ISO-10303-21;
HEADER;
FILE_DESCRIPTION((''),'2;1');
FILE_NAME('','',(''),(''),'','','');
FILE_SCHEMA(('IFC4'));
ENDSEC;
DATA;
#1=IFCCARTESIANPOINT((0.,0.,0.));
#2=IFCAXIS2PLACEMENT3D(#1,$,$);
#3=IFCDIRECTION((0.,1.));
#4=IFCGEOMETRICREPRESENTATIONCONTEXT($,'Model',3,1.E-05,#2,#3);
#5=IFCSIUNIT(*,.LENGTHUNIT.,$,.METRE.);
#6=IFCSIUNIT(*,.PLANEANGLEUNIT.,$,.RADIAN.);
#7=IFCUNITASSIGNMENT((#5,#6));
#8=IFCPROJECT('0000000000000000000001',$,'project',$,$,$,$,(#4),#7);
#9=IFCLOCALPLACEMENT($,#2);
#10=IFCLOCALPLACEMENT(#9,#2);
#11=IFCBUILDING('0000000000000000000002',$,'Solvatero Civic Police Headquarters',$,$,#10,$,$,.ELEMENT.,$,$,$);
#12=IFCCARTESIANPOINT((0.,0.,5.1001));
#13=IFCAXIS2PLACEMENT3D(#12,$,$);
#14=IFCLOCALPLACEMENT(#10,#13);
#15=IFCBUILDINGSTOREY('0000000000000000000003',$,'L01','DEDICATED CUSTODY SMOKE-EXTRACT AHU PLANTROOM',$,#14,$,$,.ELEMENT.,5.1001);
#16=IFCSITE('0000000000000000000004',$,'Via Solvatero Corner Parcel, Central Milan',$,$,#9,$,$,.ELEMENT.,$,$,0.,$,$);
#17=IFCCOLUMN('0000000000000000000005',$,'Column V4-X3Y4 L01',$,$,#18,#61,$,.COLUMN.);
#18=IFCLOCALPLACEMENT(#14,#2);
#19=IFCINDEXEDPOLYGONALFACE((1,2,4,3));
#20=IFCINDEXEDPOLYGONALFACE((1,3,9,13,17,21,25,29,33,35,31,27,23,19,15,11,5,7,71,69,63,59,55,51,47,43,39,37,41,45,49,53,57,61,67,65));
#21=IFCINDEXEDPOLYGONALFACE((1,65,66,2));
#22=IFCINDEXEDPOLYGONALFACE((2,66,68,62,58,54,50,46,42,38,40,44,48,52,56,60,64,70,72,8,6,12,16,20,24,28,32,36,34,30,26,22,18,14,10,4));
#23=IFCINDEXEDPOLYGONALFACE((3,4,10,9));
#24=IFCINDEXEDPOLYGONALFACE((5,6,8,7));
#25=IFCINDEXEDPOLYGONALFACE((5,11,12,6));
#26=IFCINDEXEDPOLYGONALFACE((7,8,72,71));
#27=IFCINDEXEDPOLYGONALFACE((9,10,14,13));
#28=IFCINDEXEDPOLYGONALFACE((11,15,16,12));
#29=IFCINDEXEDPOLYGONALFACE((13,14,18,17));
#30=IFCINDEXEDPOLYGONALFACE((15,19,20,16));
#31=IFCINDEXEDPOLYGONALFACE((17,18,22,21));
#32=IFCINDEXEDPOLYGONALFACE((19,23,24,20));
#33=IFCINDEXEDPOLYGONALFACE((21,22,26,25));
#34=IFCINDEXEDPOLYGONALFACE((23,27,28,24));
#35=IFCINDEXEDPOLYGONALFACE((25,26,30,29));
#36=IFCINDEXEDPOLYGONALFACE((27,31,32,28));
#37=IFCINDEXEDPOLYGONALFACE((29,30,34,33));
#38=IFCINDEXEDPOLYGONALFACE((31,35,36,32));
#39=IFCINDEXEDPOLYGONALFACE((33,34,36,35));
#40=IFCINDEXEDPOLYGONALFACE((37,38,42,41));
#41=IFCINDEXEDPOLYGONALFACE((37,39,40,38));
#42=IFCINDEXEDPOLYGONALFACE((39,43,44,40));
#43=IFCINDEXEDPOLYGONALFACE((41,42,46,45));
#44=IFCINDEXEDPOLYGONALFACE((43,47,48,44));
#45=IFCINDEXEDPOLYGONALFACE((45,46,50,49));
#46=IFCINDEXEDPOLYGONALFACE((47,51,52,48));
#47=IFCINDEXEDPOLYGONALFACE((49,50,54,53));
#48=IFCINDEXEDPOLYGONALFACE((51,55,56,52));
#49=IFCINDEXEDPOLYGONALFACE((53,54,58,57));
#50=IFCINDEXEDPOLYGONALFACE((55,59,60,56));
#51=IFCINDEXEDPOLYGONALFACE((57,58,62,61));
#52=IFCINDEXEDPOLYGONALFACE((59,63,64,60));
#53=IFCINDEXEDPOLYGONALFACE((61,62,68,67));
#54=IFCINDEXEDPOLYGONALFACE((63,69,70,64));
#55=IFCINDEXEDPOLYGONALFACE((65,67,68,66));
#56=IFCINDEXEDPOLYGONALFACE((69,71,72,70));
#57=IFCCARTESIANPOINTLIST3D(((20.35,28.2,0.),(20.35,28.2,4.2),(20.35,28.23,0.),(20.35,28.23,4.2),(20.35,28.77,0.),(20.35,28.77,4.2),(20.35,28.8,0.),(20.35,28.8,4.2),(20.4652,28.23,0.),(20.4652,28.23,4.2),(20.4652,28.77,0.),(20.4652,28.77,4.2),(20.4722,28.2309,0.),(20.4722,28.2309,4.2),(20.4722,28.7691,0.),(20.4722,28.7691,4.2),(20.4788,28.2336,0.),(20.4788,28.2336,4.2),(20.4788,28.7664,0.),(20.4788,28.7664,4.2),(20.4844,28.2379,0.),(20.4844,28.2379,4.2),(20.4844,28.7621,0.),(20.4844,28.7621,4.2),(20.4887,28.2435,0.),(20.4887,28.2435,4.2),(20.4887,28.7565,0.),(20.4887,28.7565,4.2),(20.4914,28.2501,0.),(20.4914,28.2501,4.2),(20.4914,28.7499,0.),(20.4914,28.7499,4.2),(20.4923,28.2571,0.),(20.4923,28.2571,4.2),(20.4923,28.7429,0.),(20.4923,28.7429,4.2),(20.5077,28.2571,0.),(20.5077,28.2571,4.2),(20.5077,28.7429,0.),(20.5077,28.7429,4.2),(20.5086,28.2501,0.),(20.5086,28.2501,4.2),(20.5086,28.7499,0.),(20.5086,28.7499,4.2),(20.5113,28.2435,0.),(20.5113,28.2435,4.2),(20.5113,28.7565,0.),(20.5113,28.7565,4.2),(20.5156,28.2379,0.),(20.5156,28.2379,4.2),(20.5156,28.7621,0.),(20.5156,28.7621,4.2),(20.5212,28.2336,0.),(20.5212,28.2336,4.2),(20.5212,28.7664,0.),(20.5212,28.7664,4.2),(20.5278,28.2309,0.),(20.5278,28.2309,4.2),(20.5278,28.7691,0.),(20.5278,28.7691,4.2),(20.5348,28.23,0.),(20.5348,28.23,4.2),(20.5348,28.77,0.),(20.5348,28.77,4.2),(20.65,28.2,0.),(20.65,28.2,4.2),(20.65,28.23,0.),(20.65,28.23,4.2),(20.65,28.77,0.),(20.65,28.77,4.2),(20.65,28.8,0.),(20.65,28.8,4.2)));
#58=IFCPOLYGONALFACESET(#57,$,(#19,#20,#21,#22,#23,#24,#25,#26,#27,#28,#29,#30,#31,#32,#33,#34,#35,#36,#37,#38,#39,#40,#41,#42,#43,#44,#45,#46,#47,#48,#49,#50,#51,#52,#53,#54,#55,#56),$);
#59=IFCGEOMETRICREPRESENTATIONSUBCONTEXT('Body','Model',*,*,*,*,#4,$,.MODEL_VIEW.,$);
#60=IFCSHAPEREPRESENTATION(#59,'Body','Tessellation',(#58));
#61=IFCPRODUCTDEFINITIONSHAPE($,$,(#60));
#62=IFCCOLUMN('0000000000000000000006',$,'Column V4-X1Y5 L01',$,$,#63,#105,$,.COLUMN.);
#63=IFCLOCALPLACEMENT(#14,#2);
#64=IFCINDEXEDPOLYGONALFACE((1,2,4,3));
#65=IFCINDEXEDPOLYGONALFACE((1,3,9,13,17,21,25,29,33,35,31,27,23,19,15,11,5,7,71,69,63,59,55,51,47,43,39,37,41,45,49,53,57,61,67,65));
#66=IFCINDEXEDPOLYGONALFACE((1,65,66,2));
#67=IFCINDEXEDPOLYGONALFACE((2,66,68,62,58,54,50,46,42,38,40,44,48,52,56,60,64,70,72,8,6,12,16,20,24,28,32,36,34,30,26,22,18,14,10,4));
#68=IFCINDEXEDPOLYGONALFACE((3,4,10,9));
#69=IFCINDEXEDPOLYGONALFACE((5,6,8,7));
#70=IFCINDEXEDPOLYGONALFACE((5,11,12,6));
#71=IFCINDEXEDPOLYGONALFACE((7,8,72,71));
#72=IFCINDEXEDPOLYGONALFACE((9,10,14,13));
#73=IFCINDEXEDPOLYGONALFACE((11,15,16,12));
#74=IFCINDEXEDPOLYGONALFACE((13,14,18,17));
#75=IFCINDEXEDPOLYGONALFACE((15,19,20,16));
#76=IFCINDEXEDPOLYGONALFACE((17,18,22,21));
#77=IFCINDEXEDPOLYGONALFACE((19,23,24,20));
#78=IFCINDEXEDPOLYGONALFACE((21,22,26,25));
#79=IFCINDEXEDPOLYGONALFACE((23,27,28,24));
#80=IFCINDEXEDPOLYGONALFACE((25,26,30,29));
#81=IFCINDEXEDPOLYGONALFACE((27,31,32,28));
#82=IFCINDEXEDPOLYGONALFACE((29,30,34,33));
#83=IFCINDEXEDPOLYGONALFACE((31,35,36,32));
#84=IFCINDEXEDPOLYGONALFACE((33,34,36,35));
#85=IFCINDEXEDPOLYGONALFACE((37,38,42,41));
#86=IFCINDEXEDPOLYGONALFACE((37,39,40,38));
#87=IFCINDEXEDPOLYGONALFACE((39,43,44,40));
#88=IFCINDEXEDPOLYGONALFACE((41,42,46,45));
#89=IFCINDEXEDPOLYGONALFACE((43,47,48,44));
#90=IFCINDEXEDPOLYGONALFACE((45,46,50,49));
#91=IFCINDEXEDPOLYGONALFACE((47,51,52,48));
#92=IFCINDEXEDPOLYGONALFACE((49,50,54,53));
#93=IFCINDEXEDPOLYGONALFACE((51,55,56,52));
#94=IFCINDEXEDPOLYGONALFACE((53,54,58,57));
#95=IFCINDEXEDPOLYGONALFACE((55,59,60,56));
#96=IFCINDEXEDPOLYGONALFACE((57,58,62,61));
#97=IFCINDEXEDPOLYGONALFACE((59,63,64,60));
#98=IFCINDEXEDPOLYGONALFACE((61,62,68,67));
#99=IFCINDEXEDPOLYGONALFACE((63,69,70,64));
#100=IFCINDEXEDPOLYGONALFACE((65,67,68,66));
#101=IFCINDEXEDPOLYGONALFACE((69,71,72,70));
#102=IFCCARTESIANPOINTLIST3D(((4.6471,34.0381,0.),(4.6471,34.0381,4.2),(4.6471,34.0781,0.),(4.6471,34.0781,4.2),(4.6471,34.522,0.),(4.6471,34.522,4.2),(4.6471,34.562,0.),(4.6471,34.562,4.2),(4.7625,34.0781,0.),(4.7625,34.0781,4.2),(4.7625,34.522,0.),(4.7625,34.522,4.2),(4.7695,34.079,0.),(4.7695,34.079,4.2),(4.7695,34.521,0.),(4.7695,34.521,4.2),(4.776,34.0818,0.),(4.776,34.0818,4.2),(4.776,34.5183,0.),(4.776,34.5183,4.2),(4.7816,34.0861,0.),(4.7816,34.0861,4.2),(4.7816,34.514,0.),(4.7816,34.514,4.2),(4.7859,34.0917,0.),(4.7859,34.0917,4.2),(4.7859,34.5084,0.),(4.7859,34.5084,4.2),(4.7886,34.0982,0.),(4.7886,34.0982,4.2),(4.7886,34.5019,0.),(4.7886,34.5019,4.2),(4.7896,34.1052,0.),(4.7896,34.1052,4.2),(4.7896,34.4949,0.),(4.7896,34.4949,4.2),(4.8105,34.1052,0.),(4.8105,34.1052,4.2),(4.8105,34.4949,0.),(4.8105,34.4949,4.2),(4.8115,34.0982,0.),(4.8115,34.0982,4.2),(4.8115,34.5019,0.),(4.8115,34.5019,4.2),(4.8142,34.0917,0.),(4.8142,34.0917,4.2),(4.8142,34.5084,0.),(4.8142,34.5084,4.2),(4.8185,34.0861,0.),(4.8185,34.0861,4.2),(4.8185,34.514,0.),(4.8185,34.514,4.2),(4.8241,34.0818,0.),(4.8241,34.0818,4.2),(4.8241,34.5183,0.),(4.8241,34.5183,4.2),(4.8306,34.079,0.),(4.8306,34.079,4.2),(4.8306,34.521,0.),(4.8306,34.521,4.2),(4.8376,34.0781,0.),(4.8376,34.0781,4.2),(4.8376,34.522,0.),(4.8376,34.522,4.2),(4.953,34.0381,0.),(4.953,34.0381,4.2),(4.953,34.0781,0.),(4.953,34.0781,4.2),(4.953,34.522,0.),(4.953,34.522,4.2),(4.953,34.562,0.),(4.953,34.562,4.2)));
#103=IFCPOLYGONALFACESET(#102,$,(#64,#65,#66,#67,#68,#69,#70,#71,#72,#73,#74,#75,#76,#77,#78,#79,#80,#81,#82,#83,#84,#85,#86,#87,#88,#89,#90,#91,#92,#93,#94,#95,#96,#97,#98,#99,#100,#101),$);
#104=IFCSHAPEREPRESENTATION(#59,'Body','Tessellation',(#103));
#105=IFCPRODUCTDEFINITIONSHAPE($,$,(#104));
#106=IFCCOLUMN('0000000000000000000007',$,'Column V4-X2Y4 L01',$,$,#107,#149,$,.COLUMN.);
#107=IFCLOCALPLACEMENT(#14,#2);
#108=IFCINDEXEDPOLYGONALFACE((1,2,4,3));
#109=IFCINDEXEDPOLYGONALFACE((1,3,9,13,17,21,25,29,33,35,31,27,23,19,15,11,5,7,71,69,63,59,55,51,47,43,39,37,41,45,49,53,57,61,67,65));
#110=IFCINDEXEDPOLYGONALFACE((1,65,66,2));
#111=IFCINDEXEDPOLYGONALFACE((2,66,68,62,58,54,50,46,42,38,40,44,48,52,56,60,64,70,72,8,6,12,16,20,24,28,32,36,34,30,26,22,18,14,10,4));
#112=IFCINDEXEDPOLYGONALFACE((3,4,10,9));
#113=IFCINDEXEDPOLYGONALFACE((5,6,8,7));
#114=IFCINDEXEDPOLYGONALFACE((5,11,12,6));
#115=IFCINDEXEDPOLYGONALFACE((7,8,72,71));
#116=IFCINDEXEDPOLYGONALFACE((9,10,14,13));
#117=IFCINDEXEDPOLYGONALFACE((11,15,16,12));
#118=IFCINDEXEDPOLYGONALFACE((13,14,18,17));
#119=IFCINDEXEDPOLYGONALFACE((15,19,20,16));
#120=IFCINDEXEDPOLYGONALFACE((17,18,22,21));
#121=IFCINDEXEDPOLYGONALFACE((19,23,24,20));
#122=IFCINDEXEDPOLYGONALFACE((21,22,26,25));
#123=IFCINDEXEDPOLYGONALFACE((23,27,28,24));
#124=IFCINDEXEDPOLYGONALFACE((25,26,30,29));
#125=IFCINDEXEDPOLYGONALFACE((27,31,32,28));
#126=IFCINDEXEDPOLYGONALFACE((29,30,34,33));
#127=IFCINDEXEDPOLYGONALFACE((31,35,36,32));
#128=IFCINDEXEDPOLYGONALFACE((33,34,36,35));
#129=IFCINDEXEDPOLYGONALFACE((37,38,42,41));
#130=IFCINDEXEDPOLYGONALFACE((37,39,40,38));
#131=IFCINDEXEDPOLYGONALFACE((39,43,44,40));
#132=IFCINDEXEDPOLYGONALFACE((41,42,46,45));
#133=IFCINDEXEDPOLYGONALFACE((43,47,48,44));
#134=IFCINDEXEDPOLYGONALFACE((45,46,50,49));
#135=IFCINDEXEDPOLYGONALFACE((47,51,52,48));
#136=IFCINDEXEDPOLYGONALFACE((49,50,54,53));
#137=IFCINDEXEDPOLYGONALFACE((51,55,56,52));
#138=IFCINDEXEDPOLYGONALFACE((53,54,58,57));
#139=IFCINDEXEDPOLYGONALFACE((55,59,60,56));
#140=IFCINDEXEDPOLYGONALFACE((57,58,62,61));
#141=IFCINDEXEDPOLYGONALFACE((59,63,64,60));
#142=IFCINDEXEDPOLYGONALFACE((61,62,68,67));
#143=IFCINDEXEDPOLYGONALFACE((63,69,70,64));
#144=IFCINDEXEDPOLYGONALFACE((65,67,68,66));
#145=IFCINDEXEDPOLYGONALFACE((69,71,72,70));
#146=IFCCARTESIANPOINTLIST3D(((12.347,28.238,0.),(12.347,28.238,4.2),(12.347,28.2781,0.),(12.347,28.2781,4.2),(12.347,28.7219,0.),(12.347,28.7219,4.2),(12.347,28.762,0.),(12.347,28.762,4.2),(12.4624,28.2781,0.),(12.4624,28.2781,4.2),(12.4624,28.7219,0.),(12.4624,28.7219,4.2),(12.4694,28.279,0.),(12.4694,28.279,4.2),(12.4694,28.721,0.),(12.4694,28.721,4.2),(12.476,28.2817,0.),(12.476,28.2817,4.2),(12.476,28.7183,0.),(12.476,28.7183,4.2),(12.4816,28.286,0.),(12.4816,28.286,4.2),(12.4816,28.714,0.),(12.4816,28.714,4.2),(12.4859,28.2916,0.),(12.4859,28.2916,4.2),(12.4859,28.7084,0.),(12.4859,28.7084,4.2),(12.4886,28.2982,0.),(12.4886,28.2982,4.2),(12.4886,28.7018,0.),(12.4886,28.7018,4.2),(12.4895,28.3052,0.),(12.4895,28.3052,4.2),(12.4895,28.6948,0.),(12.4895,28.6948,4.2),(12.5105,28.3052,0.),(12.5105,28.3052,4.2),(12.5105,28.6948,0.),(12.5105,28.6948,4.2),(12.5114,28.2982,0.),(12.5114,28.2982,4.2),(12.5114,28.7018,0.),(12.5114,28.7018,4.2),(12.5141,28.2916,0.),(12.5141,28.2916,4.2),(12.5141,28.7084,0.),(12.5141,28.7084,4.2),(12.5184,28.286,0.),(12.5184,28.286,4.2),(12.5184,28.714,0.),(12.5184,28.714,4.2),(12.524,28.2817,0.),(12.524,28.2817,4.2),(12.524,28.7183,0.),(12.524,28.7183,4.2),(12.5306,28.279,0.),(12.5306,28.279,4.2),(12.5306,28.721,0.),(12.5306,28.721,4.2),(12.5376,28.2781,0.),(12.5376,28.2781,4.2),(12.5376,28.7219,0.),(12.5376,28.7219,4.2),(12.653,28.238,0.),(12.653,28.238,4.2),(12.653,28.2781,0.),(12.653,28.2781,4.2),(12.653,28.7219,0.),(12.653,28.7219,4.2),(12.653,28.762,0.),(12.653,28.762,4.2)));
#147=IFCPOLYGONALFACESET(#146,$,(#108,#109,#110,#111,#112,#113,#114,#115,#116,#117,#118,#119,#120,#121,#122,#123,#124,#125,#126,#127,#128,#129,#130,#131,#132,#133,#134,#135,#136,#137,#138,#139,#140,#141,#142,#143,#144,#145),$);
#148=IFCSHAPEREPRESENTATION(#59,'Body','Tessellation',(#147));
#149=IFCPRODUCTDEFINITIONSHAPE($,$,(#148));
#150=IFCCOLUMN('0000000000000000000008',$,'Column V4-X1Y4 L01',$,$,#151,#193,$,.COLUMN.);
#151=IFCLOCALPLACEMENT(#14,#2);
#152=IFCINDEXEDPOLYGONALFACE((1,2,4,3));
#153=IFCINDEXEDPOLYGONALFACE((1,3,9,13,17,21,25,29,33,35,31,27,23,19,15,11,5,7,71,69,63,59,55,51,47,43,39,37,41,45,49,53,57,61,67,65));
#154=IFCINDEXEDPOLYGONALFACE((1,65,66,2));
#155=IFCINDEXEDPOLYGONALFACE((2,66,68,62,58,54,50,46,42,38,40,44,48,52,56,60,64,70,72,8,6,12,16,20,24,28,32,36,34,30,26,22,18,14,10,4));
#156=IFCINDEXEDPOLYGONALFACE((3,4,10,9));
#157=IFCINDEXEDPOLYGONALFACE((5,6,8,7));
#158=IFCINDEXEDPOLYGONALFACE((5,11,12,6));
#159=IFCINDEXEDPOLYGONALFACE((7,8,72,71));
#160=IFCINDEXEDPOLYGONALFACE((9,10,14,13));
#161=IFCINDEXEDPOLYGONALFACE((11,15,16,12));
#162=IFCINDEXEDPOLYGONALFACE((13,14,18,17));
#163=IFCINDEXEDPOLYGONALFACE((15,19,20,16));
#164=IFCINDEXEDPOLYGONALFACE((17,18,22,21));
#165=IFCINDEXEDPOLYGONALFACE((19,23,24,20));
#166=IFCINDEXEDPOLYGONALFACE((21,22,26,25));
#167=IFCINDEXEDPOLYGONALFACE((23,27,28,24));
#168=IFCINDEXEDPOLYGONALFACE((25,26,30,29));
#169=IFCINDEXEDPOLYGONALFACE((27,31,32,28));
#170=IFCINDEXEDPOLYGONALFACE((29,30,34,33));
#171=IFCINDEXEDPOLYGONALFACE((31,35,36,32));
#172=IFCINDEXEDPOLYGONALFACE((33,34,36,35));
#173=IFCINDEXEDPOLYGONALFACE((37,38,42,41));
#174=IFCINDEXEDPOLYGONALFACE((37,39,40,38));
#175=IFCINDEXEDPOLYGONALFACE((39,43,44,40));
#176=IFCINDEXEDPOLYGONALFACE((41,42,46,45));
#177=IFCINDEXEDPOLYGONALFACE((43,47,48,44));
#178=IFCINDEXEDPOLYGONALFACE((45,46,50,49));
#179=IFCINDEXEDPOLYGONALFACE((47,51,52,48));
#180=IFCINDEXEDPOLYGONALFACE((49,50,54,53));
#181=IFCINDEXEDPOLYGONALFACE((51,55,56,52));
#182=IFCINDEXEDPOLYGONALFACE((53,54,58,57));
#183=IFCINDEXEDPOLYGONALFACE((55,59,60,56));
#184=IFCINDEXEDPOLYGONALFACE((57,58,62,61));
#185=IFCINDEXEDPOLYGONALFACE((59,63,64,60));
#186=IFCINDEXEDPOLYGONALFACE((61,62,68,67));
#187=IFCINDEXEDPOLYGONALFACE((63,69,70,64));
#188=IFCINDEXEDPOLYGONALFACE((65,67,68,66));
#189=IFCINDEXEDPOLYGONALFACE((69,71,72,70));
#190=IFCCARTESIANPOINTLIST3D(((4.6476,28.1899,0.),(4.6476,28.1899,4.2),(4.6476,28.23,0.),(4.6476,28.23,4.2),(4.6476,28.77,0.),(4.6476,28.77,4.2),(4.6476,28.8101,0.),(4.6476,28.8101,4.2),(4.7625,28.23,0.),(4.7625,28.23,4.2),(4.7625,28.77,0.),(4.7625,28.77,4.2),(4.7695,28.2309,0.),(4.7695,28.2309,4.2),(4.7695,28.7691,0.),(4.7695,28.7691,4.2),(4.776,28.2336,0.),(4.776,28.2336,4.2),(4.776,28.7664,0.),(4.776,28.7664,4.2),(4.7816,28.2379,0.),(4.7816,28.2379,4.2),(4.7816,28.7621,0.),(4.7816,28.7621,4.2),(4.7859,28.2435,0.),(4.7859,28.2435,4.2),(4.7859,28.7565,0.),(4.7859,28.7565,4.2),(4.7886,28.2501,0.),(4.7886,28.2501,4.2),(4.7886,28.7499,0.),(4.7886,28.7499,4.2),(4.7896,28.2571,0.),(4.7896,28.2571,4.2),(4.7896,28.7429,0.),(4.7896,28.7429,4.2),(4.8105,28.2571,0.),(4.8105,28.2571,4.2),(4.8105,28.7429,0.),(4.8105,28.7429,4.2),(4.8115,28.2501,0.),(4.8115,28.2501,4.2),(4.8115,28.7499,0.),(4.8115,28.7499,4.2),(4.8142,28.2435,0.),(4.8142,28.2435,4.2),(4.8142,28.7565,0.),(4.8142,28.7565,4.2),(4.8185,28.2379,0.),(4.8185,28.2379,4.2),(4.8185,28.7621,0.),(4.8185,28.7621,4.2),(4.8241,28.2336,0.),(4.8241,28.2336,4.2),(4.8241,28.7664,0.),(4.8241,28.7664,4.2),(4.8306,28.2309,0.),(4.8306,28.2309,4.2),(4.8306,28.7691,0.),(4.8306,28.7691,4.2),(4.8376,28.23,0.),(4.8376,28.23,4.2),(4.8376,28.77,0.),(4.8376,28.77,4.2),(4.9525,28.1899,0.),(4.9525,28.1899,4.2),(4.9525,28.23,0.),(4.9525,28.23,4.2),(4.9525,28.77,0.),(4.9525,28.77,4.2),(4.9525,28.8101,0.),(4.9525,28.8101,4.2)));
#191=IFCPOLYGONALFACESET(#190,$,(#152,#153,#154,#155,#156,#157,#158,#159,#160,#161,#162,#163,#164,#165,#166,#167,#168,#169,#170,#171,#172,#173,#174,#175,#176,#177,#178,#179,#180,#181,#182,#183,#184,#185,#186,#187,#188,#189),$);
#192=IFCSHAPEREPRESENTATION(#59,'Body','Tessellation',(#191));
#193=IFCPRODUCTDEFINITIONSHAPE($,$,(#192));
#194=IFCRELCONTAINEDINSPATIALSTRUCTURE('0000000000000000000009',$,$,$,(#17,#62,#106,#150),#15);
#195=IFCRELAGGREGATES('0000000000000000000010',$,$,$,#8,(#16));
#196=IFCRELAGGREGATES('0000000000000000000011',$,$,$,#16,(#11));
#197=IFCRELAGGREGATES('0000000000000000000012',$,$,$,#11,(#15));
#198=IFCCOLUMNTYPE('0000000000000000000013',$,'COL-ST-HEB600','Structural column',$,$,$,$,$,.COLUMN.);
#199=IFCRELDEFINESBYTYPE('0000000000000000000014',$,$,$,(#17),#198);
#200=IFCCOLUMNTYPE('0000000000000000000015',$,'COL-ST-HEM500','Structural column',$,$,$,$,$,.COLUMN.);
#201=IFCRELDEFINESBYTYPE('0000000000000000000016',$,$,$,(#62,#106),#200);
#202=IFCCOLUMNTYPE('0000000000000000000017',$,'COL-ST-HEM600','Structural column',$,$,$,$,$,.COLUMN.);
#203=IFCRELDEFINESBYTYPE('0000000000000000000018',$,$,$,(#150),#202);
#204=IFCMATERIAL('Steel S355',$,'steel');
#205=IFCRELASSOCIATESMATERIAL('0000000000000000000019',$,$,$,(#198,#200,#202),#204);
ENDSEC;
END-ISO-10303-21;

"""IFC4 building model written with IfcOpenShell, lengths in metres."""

from ifc_helpers import new_model, si_unit, direction, frame, origin, origin_2d, place, context, subcontext, project, spatial, i_section, extrude, material, material_profile, profile_set, type_object, element, save


model = new_model("IFC4")

# Units and contexts
model_context = context("Model", 3, precision=1e-05, world=origin(), true_north=direction((0.0, 1.0)))
body_context = subcontext(model_context, "Body", "Model", "MODEL_VIEW")
ifc_project = project(units=[si_unit("LENGTHUNIT", "METRE"), si_unit("PLANEANGLEUNIT", "RADIAN")], contexts=[model_context])

# Site, building, storey
site_placement = place(None, origin())
site = spatial("IfcSite", under=ifc_project, at=site_placement, Name="Via Solvatero Corner Parcel, Central Milan", CompositionType="ELEMENT", RefElevation=0.0)
building_placement = place(site_placement, origin())
building = spatial("IfcBuilding", under=site, at=building_placement, Name="Solvatero Civic Police Headquarters", CompositionType="ELEMENT")
storey_placement = place(building_placement, frame((0.0, 0.0, 5.1001)))
storey = spatial("IfcBuildingStorey", under=building, at=storey_placement, Name="L01", Description="DEDICATED CUSTODY SMOKE-EXTRACT AHU PLANTROOM", CompositionType="ELEMENT", Elevation=5.1001)

# Columns
ifc_material_1 = material(Name="Steel S355", Category="steel")
ifc_material_profile_1 = material_profile(ifc_material_1, i_section(OverallWidth=0.3, OverallDepth=0.6001, WebThickness=0.0154, FlangeThickness=0.03, FilletRadius=0.0271, at=origin_2d()), Name="HEB 600")
ifc_profile_set_1 = profile_set([ifc_material_profile_1], Name="Steel S355")
column_type_1 = type_object("IfcColumnType", Name="COL-ST-HEB600", Description="Structural column", PredefinedType="COLUMN", material=ifc_profile_set_1)
column_1_placement = place(storey_placement, frame((20.5, 28.5, 0.0), z_axis=(0.0, 0.0, 1.0), x_axis=(1.0, 0.0, 0.0)))
element("IfcColumn", 1, at=column_1_placement, inside=storey, type_object=column_type_1, Name="Column V4-X3Y4 L01", PredefinedType="COLUMN", context=body_context, shape_type="SweptSolid", body=[
    extrude(i_section(OverallWidth=0.3, OverallDepth=0.6001, WebThickness=0.0154, FlangeThickness=0.03, FilletRadius=0.0271, at=origin_2d()), origin(), (0.0, 0.0, 1.0), 4.2),
])
ifc_material_profile_2 = material_profile(ifc_material_1, i_section(OverallWidth=0.3059, OverallDepth=0.5239, WebThickness=0.021, FlangeThickness=0.04, FilletRadius=0.0271, at=origin_2d()), Name="HEM 500")
ifc_profile_set_2 = profile_set([ifc_material_profile_2], Name="Steel S355")
column_type_2 = type_object("IfcColumnType", Name="COL-ST-HEM500", Description="Structural column", PredefinedType="COLUMN", material=ifc_profile_set_2)
for number, where, z_axis, x_axis, name in (
    (2, (4.8, 34.3, 0.0), (0.0, 0.0, 1.0), (1.0, 0.0, 0.0), "Column V4-X1Y5 L01"),
    (3, (12.5, 28.5, 0.0), (0.0, 0.0, 1.0), (1.0, 0.0, 0.0), "Column V4-X2Y4 L01"),
):
    element("IfcColumn", number, at=place(storey_placement, frame(where, z_axis=z_axis, x_axis=x_axis)), inside=storey, type_object=column_type_2, Name=name, PredefinedType="COLUMN", context=body_context, shape_type="SweptSolid", body=[
        extrude(i_section(OverallWidth=0.3059, OverallDepth=0.5239, WebThickness=0.021, FlangeThickness=0.04, FilletRadius=0.0271, at=origin_2d()), origin(), (0.0, 0.0, 1.0), 4.2),
    ])
ifc_material_profile_3 = material_profile(ifc_material_1, i_section(OverallWidth=0.3049, OverallDepth=0.6201, WebThickness=0.021, FlangeThickness=0.04, FilletRadius=0.0271, at=origin_2d()), Name="HEM 600")
ifc_profile_set_3 = profile_set([ifc_material_profile_3], Name="Steel S355")
column_type_3 = type_object("IfcColumnType", Name="COL-ST-HEM600", Description="Structural column", PredefinedType="COLUMN", material=ifc_profile_set_3)
column_2_placement = place(storey_placement, frame((4.8, 28.5, 0.0), z_axis=(0.0, 0.0, 1.0), x_axis=(1.0, 0.0, 0.0)))
element("IfcColumn", 4, at=column_2_placement, inside=storey, type_object=column_type_3, Name="Column V4-X1Y4 L01", PredefinedType="COLUMN", context=body_context, shape_type="SweptSolid", body=[
    extrude(i_section(OverallWidth=0.3049, OverallDepth=0.6201, WebThickness=0.021, FlangeThickness=0.04, FilletRadius=0.0271, at=origin_2d()), origin(), (0.0, 0.0, 1.0), 4.2),
])

save(model, "model.ifc")
